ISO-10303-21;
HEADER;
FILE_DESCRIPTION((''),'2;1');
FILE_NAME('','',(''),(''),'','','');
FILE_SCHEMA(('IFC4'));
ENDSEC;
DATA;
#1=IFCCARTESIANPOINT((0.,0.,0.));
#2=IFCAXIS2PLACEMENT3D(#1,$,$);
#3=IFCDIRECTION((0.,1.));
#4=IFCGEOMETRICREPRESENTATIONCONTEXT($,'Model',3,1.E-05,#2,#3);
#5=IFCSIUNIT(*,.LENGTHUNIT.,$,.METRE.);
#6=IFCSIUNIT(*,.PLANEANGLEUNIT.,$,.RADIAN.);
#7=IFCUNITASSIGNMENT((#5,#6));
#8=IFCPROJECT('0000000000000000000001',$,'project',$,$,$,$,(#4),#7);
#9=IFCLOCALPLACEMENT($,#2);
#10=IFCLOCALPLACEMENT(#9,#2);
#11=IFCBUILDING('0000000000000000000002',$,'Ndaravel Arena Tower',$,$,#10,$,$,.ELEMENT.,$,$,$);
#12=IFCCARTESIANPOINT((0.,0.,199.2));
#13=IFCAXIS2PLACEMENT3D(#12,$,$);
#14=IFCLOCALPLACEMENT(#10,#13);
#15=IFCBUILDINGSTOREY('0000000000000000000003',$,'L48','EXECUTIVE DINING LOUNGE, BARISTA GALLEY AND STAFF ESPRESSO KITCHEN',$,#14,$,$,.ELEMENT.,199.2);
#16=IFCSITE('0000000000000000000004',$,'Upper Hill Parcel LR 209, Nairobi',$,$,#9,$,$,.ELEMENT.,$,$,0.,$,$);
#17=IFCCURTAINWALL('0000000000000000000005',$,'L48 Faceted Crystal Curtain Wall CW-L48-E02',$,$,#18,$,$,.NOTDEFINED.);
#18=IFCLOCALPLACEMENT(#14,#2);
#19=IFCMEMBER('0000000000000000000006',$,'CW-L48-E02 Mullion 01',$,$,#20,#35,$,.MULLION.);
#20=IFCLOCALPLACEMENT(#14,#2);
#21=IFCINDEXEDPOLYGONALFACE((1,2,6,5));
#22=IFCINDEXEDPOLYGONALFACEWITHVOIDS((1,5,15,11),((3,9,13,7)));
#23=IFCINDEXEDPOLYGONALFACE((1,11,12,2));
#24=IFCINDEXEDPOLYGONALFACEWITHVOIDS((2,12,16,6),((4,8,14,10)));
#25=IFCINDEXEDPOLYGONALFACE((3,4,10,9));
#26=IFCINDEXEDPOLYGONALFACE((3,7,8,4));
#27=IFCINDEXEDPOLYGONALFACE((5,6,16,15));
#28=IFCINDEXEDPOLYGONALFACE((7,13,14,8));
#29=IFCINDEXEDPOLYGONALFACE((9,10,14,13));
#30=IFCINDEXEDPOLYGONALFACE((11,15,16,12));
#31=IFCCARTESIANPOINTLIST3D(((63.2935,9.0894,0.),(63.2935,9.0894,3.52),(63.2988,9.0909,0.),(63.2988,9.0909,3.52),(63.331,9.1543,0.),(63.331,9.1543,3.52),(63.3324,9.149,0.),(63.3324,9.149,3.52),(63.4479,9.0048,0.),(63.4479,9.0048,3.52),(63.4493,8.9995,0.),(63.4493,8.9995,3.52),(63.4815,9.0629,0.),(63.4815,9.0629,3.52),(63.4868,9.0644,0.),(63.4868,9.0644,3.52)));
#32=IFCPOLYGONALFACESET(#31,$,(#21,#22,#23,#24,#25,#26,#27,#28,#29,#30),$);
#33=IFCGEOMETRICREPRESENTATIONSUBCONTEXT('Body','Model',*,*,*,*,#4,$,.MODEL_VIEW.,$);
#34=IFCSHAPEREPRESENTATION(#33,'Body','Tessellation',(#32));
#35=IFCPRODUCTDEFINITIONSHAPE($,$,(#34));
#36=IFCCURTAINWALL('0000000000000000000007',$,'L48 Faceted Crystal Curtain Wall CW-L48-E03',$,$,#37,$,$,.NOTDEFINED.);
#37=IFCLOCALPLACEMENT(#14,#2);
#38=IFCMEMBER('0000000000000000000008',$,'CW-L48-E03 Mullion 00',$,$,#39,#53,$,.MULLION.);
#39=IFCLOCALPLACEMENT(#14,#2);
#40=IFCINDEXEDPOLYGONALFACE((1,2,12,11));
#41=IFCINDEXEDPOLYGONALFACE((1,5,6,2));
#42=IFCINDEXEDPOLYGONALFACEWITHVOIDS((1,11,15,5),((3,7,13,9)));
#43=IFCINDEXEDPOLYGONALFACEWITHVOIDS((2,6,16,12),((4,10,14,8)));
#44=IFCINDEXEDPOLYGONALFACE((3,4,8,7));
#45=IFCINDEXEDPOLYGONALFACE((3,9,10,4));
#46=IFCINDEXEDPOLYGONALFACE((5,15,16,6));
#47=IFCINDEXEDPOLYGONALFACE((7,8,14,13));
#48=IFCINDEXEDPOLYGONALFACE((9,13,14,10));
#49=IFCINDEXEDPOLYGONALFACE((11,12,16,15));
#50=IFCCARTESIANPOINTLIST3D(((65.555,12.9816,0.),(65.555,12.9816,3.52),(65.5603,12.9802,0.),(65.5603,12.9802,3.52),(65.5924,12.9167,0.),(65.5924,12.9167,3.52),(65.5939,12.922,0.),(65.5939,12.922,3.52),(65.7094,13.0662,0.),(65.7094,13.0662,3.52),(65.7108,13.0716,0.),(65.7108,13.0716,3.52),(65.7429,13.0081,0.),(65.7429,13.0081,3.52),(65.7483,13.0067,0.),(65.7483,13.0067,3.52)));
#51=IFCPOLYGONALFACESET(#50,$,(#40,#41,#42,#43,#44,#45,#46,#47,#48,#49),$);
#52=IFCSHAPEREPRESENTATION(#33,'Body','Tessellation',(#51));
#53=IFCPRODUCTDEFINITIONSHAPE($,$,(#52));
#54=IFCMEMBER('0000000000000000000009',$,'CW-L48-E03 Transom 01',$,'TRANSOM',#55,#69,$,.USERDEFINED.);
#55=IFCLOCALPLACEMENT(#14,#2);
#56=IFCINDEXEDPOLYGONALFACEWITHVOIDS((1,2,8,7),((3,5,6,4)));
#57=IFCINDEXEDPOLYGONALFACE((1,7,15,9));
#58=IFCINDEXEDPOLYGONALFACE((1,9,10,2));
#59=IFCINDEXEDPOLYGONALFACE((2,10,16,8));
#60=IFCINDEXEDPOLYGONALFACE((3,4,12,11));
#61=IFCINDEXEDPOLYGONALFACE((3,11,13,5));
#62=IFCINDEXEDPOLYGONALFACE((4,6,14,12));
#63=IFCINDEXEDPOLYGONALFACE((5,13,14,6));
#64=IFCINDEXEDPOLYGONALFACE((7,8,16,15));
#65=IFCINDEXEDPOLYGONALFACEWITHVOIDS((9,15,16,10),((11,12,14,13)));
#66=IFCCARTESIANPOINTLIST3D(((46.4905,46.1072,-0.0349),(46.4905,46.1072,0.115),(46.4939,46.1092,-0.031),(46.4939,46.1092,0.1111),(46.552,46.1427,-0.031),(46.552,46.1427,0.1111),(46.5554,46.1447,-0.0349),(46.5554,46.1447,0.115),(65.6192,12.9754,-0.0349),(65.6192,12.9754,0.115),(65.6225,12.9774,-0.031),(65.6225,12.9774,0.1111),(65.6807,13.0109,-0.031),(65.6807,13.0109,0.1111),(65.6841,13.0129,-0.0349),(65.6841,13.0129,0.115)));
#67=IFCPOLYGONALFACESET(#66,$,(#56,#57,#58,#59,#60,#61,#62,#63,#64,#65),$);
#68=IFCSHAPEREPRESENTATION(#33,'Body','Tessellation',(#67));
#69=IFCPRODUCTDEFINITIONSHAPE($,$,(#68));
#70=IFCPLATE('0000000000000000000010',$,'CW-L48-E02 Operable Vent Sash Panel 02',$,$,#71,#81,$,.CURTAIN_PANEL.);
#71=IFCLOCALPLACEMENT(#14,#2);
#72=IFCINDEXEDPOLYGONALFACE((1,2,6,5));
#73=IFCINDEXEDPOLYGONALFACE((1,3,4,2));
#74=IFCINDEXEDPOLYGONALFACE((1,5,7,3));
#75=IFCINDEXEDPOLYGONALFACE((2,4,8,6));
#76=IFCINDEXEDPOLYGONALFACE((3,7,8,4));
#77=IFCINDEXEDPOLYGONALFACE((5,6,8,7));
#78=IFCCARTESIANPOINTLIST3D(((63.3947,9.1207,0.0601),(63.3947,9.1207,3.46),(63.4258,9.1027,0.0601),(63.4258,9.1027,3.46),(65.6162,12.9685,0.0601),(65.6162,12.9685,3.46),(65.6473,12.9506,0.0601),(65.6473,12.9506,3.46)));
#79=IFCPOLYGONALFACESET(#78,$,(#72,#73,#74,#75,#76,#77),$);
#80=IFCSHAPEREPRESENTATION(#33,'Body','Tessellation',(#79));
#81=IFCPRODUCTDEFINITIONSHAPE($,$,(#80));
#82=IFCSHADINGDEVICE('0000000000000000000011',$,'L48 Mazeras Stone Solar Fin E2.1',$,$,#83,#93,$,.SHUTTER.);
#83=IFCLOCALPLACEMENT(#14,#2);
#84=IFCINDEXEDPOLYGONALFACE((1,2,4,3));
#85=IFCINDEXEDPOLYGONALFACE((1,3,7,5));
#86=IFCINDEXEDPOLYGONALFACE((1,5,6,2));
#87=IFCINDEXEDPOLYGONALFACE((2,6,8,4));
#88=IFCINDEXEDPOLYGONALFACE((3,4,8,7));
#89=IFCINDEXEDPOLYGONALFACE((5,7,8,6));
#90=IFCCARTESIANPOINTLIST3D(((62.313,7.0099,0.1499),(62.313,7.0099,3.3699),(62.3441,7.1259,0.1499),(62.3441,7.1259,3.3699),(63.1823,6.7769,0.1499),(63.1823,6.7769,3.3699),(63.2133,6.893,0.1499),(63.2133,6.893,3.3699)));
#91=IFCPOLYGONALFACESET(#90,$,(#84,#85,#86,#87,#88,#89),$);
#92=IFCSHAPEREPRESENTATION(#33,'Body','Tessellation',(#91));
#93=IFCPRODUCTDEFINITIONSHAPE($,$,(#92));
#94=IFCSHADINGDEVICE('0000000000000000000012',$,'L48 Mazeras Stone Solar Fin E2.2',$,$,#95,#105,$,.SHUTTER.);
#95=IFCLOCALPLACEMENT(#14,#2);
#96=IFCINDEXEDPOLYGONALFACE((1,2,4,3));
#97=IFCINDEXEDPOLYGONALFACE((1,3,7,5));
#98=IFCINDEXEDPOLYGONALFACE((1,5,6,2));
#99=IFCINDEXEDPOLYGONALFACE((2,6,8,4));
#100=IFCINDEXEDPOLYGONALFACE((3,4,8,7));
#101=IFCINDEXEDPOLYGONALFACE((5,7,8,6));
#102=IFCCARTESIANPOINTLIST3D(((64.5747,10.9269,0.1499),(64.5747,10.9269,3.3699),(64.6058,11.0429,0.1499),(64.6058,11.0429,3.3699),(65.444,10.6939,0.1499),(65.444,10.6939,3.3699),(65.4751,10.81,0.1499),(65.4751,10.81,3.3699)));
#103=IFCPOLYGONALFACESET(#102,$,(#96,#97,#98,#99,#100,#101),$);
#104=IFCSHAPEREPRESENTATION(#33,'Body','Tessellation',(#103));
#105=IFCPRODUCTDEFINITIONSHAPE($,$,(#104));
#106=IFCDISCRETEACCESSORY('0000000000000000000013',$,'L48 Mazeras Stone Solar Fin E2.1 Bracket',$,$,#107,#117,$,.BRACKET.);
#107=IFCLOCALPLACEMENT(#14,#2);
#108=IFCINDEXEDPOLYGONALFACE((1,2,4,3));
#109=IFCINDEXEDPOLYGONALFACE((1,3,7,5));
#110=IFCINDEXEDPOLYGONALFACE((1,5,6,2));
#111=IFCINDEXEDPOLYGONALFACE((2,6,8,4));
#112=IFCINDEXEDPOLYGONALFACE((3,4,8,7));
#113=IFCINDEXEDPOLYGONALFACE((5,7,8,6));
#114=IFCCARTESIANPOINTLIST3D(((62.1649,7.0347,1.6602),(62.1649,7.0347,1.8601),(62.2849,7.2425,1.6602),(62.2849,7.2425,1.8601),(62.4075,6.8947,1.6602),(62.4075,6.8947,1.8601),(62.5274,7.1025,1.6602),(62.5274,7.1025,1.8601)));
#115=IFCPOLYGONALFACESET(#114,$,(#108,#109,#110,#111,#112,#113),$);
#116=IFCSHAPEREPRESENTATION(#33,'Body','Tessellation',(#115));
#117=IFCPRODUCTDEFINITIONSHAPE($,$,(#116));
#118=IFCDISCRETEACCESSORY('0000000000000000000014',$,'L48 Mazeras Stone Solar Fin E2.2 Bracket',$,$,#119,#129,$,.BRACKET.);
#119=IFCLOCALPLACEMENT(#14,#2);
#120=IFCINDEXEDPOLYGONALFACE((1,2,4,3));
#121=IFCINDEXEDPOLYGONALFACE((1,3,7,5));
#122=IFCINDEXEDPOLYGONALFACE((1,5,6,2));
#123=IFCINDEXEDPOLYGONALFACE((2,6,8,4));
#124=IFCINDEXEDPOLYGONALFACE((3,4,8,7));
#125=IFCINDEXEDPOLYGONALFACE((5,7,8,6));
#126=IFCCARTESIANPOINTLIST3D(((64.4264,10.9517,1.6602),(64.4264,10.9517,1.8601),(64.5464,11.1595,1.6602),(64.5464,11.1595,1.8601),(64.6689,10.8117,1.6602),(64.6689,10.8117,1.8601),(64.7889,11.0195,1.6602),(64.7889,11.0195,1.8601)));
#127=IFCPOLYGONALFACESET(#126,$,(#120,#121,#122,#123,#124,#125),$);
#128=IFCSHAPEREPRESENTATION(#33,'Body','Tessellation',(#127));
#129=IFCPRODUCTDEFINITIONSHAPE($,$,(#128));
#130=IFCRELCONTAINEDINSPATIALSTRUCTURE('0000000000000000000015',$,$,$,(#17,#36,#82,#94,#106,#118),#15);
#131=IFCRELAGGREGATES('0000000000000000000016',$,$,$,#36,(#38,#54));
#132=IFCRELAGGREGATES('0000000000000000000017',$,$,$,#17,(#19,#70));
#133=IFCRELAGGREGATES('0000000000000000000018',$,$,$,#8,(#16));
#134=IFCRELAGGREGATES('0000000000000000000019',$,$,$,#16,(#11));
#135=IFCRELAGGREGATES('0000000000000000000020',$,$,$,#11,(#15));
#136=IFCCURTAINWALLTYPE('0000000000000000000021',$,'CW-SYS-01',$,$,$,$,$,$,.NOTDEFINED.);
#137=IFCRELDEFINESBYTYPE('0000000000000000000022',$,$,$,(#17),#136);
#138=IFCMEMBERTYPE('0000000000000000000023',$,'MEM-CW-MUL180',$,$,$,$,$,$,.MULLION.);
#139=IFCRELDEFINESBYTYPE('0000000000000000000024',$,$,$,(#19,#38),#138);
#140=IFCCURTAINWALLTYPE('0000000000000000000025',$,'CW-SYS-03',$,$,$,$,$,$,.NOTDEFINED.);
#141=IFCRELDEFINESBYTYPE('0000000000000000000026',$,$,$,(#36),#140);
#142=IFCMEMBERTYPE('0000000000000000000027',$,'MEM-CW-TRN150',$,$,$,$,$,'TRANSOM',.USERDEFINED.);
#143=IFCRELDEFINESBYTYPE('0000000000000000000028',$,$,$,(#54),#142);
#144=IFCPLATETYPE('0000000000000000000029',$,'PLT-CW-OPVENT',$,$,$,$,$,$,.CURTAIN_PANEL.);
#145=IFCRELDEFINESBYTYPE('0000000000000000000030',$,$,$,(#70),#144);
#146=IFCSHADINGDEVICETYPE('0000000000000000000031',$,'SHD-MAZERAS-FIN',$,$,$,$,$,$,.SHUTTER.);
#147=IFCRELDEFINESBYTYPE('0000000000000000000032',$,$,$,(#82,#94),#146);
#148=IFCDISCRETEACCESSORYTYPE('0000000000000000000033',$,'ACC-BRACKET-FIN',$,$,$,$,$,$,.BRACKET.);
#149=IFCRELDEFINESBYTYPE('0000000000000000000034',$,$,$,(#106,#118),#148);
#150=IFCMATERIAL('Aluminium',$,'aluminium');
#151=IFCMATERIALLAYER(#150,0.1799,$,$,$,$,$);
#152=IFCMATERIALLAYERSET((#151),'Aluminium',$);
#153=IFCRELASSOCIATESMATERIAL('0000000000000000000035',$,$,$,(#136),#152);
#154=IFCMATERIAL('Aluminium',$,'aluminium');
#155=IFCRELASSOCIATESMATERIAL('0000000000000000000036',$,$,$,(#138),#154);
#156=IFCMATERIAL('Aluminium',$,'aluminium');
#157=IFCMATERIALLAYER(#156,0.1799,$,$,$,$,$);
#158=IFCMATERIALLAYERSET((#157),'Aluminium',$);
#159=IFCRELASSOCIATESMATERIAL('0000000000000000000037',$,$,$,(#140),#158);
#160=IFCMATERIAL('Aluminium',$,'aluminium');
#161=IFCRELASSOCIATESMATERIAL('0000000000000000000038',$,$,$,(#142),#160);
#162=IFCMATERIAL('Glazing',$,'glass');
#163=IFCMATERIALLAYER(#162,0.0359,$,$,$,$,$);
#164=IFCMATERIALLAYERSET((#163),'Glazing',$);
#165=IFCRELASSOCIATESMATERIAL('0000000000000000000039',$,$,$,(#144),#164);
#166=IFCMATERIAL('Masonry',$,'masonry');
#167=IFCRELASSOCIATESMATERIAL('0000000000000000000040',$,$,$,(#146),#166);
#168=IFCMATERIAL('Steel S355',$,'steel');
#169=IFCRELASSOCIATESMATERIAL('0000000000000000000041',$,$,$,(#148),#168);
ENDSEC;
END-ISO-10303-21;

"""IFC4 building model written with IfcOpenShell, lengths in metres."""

from ifc_helpers import new_model, si_unit, direction, frame, origin, origin_2d, place, context, subcontext, project, spatial, rectangle, hollow_rectangle, extrude, material, layer, layer_set, material_profile, profile_set, type_object, element, aggregate, save


model = new_model("IFC4")

# Units and contexts
model_context = context("Model", 3, precision=1e-05, world=origin(), true_north=direction((0.0, 1.0)))
body_context = subcontext(model_context, "Body", "Model", "MODEL_VIEW")
ifc_project = project(units=[si_unit("LENGTHUNIT", "METRE"), si_unit("PLANEANGLEUNIT", "RADIAN")], contexts=[model_context])

# Site, building, storey
site_placement = place(None, origin())
site = spatial("IfcSite", under=ifc_project, at=site_placement, Name="Upper Hill Parcel LR 209, Nairobi", CompositionType="ELEMENT", RefElevation=0.0)
building_placement = place(site_placement, origin())
building = spatial("IfcBuilding", under=site, at=building_placement, Name="Ndaravel Arena Tower", CompositionType="ELEMENT")
storey_placement = place(building_placement, frame((0.0, 0.0, 199.2)))
storey = spatial("IfcBuildingStorey", under=building, at=storey_placement, Name="L48", Description="EXECUTIVE DINING LOUNGE, BARISTA GALLEY AND STAFF ESPRESSO KITCHEN", CompositionType="ELEMENT", Elevation=199.2)

# Curtain wall, member
ifc_material_1 = material(Name="Aluminium", Category="aluminium")
ifc_layer_1 = layer(ifc_material_1, 0.1799)
ifc_layer_set_1 = layer_set([ifc_layer_1], Name="Aluminium")
curtain_wall_type_1 = type_object("IfcCurtainWallType", Name="CW-SYS-01", PredefinedType="NOTDEFINED", material=ifc_layer_set_1)
curtain_wall_1_placement = place(storey_placement, origin())
curtain_wall_1 = element("IfcCurtainWall", 1, at=curtain_wall_1_placement, inside=storey, type_object=curtain_wall_type_1, Name="L48 Faceted Crystal Curtain Wall CW-L48-E02", PredefinedType="NOTDEFINED")
ifc_material_2 = material(Name="Aluminium", Category="aluminium")
ifc_material_profile_1 = material_profile(ifc_material_2, hollow_rectangle(XDim=0.075, YDim=0.1799, WallThickness=0.0039, at=origin_2d()), Name="CW MULLION 75x180x4")
ifc_profile_set_1 = profile_set([ifc_material_profile_1], Name="Aluminium")
member_type_1 = type_object("IfcMemberType", Name="MEM-CW-MUL180", PredefinedType="MULLION", material=ifc_profile_set_1)
member_1_placement = place(storey_placement, frame((63.3901, 9.0769, 0.0), z_axis=(0.0, 0.0, 1.0), x_axis=(0.5, 0.866025, 0.0)))
member_1 = element("IfcMember", 2, at=member_1_placement, type_object=member_type_1, Name="CW-L48-E02 Mullion 01", PredefinedType="MULLION", context=body_context, shape_type="SweptSolid", body=[
    extrude(hollow_rectangle(XDim=0.075, YDim=0.1799, WallThickness=0.0039, at=origin_2d()), origin(), (0.0, 0.0, 1.0), 3.52),
])

# Curtain wall, members
ifc_material_3 = material(Name="Aluminium", Category="aluminium")
ifc_layer_2 = layer(ifc_material_3, 0.1799)
ifc_layer_set_2 = layer_set([ifc_layer_2], Name="Aluminium")
curtain_wall_type_2 = type_object("IfcCurtainWallType", Name="CW-SYS-03", PredefinedType="NOTDEFINED", material=ifc_layer_set_2)
curtain_wall_2_placement = place(storey_placement, origin())
curtain_wall_2 = element("IfcCurtainWall", 3, at=curtain_wall_2_placement, inside=storey, type_object=curtain_wall_type_2, Name="L48 Faceted Crystal Curtain Wall CW-L48-E03", PredefinedType="NOTDEFINED")
member_2_placement = place(storey_placement, frame((65.6516, 12.9941, 0.0), z_axis=(0.0, 0.0, 1.0), x_axis=(-0.5, 0.866025, 0.0)))
member_2 = element("IfcMember", 4, at=member_2_placement, type_object=member_type_1, Name="CW-L48-E03 Mullion 00", PredefinedType="MULLION", context=body_context, shape_type="SweptSolid", body=[
    extrude(hollow_rectangle(XDim=0.075, YDim=0.1799, WallThickness=0.0039, at=origin_2d()), origin(), (0.0, 0.0, 1.0), 3.52),
])
ifc_material_4 = material(Name="Aluminium", Category="aluminium")
ifc_material_profile_2 = material_profile(ifc_material_4, hollow_rectangle(XDim=0.075, YDim=0.1499, WallThickness=0.0039, at=origin_2d()), Name="CW TRANSOM 75x150x4")
ifc_profile_set_2 = profile_set([ifc_material_profile_2], Name="Aluminium")
member_type_2 = type_object("IfcMemberType", Name="MEM-CW-TRN150", ElementType="TRANSOM", PredefinedType="USERDEFINED", material=ifc_profile_set_2)
member_3_placement = place(storey_placement, frame((65.6516, 12.9941, 0.04), z_axis=(-0.5, 0.866026, 0.0), x_axis=(-0.866026, -0.5, 0.0)))
member_3 = element("IfcMember", 5, at=member_3_placement, type_object=member_type_2, Name="CW-L48-E03 Transom 01", ObjectType="TRANSOM", PredefinedType="USERDEFINED", context=body_context, shape_type="SweptSolid", body=[
    extrude(hollow_rectangle(XDim=0.075, YDim=0.1499, WallThickness=0.0039, at=origin_2d()), origin(), (0.0, 0.0, 1.0), 38.2573),
])
aggregate(curtain_wall_2, [member_2, member_3])

# Plate
ifc_material_5 = material(Name="Glazing", Category="glass")
ifc_layer_3 = layer(ifc_material_5, 0.0359)
ifc_layer_set_3 = layer_set([ifc_layer_3], Name="Glazing")
plate_type = type_object("IfcPlateType", Name="PLT-CW-OPVENT", PredefinedType="CURTAIN_PANEL", material=ifc_layer_set_3)
plate_placement = place(storey_placement, frame((64.521, 11.0356, 0.0601), z_axis=(0.0, 0.0, 1.0), x_axis=(0.5, 0.866025, 0.0)))
plate = element("IfcPlate", 6, at=plate_placement, type_object=plate_type, Name="CW-L48-E02 Operable Vent Sash Panel 02", PredefinedType="CURTAIN_PANEL", context=body_context, shape_type="SweptSolid", body=[
    extrude(rectangle(XDim=4.4431, YDim=0.0359, at=origin_2d()), origin(), (0.0, 0.0, 1.0), 3.3999),
])
aggregate(curtain_wall_1, [member_1, plate])

# Shading devices
ifc_material_6 = material(Name="Masonry", Category="masonry")
shading_device_type = type_object("IfcShadingDeviceType", Name="SHD-MAZERAS-FIN", PredefinedType="SHUTTER", material=ifc_material_6)
for number, where, z_axis, x_axis, name in (
    (7, (62.7632, 6.9514, 0.1499), (0.0, 0.0, 1.0), (0.965926, -0.258819, 0.0), "L48 Mazeras Stone Solar Fin E2.1"),
    (8, (65.0249, 10.8684, 0.1499), (0.0, 0.0, 1.0), (0.965926, -0.258819, 0.0), "L48 Mazeras Stone Solar Fin E2.2"),
):
    element("IfcShadingDevice", number, at=place(storey_placement, frame(where, z_axis=z_axis, x_axis=x_axis)), inside=storey, type_object=shading_device_type, Name=name, PredefinedType="SHUTTER", context=body_context, shape_type="SweptSolid", body=[
        extrude(rectangle(XDim=0.8999, YDim=0.1201, at=origin_2d()), origin(), (0.0, 0.0, 1.0), 3.22),
    ])

# Discrete accessories
ifc_material_7 = material(Name="Steel S355", Category="steel")
discrete_accessory_type = type_object("IfcDiscreteAccessoryType", Name="ACC-BRACKET-FIN", PredefinedType="BRACKET", material=ifc_material_7)
for number, where, z_axis, x_axis, name in (
    (9, (62.3462, 7.0686, 1.6602), (0.0, 0.0, 1.0), (0.866025, -0.5, 0.0), "L48 Mazeras Stone Solar Fin E2.1 Bracket"),
    (10, (64.6077, 10.9856, 1.6602), (0.0, 0.0, 1.0), (0.866025, -0.5, 0.0), "L48 Mazeras Stone Solar Fin E2.2 Bracket"),
):
    element("IfcDiscreteAccessory", number, at=place(storey_placement, frame(where, z_axis=z_axis, x_axis=x_axis)), inside=storey, type_object=discrete_accessory_type, Name=name, PredefinedType="BRACKET", context=body_context, shape_type="SweptSolid", body=[
        extrude(rectangle(XDim=0.28, YDim=0.24, at=origin_2d()), origin(), (0.0, 0.0, 1.0), 0.2),
    ])

save(model, "model.ifc")
